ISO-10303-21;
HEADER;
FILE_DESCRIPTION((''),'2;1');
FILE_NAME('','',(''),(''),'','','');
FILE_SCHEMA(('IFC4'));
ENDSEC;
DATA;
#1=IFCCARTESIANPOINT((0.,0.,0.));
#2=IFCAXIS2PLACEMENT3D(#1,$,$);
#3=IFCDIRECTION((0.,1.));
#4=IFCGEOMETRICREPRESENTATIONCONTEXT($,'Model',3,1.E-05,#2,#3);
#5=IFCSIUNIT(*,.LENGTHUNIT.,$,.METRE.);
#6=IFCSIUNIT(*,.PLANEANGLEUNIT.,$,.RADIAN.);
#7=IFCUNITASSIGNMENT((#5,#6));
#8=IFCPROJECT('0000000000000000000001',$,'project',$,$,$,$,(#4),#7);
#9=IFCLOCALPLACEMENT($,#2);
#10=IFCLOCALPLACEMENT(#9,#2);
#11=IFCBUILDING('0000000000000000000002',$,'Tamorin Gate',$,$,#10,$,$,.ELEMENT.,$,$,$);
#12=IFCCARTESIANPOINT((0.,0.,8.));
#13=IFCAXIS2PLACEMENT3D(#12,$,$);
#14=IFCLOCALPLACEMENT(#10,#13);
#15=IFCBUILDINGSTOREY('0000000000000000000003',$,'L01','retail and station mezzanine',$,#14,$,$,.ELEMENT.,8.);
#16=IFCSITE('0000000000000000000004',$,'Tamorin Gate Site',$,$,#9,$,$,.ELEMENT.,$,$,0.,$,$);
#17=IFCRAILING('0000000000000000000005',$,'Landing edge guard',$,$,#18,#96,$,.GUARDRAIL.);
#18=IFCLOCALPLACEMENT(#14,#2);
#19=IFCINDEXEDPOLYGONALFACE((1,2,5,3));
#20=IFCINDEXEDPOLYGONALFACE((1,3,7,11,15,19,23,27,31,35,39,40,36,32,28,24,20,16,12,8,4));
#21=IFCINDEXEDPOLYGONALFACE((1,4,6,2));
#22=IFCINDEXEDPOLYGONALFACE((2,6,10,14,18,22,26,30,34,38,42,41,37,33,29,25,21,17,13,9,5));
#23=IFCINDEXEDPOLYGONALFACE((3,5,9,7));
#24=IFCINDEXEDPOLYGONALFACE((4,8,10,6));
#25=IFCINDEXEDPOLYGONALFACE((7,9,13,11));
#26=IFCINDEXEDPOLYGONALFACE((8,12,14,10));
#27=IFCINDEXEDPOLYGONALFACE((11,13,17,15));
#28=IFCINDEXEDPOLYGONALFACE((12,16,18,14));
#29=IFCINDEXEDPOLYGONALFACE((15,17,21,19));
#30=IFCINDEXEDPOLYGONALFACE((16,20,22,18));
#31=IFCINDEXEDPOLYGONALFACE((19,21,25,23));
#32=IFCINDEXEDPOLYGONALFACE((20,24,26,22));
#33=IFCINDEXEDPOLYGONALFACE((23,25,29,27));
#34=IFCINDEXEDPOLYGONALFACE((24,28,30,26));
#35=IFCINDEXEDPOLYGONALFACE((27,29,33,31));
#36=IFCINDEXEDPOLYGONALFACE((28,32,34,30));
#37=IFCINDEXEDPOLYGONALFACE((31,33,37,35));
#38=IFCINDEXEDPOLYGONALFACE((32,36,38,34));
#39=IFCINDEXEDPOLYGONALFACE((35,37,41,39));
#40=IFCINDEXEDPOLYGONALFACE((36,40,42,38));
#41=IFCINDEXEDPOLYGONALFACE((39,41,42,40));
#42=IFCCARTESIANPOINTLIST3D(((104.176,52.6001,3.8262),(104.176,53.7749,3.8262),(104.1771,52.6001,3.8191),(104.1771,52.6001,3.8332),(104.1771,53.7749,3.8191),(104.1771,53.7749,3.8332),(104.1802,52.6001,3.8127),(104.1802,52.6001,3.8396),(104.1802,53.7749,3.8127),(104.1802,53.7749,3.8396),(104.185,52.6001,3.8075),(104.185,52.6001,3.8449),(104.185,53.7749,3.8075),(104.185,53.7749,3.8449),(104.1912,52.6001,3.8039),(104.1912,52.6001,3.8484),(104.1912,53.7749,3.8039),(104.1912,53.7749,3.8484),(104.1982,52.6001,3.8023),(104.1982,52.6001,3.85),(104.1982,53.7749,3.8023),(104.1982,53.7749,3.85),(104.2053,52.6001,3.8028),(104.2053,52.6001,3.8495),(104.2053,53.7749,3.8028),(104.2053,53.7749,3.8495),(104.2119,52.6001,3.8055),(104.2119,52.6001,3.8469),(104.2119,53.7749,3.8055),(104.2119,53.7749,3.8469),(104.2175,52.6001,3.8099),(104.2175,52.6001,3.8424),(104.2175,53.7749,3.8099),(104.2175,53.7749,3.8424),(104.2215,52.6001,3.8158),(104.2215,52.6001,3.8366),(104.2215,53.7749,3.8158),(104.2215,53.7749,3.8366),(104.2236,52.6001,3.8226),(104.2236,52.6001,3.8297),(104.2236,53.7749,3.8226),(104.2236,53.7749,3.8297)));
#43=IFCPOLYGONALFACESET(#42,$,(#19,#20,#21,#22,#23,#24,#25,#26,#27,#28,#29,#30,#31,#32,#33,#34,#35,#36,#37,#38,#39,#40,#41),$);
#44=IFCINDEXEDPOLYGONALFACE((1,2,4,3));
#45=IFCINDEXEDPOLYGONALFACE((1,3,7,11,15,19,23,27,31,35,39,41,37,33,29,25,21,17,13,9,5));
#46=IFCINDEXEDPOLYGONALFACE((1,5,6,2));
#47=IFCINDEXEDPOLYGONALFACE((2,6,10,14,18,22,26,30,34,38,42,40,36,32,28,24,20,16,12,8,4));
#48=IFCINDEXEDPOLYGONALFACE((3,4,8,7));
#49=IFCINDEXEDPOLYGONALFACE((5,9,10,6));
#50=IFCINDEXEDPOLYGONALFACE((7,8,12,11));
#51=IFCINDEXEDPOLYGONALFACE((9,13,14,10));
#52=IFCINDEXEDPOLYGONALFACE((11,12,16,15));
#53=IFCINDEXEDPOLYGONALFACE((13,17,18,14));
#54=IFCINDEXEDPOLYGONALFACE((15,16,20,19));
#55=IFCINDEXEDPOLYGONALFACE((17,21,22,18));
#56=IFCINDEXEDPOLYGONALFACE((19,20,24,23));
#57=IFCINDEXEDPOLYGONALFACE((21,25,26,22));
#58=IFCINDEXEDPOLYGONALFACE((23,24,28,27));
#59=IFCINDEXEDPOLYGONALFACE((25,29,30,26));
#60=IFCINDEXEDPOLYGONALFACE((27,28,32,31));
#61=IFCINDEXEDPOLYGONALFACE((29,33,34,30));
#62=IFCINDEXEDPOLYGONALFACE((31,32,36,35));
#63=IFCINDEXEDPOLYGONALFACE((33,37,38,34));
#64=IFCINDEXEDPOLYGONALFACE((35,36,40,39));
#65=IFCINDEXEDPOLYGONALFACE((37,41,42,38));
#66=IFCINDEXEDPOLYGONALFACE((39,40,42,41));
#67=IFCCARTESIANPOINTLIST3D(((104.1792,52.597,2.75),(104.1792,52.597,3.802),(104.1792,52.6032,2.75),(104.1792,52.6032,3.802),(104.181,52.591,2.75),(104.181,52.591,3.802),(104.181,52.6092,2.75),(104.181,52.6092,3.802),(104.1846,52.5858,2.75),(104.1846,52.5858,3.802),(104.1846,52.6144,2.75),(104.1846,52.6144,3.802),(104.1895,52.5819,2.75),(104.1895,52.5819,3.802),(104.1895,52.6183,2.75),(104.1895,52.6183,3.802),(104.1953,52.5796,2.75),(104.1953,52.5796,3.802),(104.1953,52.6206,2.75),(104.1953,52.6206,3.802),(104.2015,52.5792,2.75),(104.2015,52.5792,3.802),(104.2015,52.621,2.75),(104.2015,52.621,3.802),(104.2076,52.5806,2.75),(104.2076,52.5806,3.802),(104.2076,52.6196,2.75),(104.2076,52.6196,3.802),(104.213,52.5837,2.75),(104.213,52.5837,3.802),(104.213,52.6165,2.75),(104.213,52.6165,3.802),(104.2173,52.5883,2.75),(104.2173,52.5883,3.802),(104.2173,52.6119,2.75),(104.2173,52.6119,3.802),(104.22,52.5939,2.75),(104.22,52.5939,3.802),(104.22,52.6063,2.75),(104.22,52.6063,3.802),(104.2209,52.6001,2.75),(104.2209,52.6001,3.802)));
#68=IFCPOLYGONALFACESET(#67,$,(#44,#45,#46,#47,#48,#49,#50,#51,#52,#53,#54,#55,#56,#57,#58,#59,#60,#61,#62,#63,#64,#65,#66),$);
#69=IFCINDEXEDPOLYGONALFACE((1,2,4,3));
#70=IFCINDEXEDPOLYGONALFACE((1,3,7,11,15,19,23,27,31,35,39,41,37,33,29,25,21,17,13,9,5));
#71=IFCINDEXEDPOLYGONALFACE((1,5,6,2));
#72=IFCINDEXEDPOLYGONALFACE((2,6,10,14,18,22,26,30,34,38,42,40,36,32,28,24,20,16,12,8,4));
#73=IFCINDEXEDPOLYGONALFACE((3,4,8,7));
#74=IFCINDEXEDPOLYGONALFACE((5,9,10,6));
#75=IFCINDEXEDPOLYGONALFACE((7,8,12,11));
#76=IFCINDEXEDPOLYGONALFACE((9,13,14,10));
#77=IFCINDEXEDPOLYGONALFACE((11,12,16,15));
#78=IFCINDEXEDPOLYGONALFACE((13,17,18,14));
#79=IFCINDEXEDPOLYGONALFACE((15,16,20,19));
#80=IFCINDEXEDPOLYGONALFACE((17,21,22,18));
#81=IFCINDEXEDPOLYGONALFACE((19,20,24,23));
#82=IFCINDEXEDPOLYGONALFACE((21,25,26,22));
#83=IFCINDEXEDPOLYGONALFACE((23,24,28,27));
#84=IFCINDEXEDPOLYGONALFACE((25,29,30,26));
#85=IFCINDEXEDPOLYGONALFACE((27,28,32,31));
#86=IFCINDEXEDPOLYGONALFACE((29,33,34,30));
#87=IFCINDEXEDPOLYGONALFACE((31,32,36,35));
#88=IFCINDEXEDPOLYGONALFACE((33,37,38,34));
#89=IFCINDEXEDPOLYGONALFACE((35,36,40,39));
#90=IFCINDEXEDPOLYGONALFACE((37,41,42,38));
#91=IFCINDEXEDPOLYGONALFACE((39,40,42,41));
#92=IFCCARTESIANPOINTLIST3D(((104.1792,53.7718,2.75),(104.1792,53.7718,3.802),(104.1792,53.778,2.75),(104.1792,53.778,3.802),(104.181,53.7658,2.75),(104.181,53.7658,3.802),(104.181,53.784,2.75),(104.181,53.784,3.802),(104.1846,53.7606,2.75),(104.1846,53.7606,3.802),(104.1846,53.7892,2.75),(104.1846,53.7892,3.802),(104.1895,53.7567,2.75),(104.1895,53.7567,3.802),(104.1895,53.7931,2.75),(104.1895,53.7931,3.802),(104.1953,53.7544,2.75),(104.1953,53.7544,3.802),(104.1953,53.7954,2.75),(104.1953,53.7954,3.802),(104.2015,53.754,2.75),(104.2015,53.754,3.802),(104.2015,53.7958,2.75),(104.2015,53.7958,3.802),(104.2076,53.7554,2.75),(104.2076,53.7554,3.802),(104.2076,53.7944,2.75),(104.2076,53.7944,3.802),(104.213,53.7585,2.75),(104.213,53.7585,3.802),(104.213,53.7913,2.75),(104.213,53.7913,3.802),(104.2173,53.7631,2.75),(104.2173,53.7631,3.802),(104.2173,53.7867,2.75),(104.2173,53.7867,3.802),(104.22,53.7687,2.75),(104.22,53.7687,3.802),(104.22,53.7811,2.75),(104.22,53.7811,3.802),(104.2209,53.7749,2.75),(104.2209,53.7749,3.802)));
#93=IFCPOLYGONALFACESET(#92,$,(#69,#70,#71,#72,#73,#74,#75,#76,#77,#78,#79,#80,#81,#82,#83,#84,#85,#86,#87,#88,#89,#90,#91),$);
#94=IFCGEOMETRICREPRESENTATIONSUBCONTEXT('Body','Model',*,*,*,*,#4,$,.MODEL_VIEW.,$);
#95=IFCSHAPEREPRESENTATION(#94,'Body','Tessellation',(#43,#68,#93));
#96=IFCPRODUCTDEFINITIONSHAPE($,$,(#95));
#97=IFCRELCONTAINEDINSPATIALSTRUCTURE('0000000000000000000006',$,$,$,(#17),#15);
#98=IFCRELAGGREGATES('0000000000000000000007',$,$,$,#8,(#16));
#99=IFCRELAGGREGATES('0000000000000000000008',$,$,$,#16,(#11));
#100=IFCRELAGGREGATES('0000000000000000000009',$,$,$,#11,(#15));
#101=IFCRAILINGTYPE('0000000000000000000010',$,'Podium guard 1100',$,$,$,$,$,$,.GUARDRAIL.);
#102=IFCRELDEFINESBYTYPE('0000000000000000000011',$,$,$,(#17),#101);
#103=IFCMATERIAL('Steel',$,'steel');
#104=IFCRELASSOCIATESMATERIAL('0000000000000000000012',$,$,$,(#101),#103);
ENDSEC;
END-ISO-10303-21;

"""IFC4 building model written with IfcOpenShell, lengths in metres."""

from ifc_helpers import new_model, si_unit, direction, frame, origin, origin_2d, place, context, subcontext, project, spatial, circle, extrude, material, type_object, element, save


model = new_model("IFC4")

# Units and contexts
model_context = context("Model", 3, precision=1e-05, world=origin(), true_north=direction((0.0, 1.0)))
body_context = subcontext(model_context, "Body", "Model", "MODEL_VIEW")
ifc_project = project(units=[si_unit("LENGTHUNIT", "METRE"), si_unit("PLANEANGLEUNIT", "RADIAN")], contexts=[model_context])

# Site, building, storey
site_placement = place(None, origin())
site = spatial("IfcSite", under=ifc_project, at=site_placement, Name="Tamorin Gate Site", CompositionType="ELEMENT", RefElevation=0.0)
building_placement = place(site_placement, origin())
building = spatial("IfcBuilding", under=site, at=building_placement, Name="Tamorin Gate", CompositionType="ELEMENT")
storey_placement = place(building_placement, frame((0.0, 0.0, 8.0)))
storey = spatial("IfcBuildingStorey", under=building, at=storey_placement, Name="L01", Description="retail and station mezzanine", CompositionType="ELEMENT", Elevation=8.0)

# Railing
ifc_material_1 = material(Name="Steel", Category="steel")
railing_type = type_object("IfcRailingType", Name="Podium guard 1100", PredefinedType="GUARDRAIL", material=ifc_material_1)
railing_1_placement = place(storey_placement, frame((104.2, 52.6001, 2.75)))
element("IfcRailing", 1, at=railing_1_placement, inside=storey, type_object=railing_type, Name="Landing edge guard", PredefinedType="GUARDRAIL", context=body_context, shape_type="SweptSolid", body=[
    extrude(circle(Radius=0.0239, at=origin_2d()), frame((0.0, 0.0, 1.0762), z_axis=(0.0, 1.0, 0.0), x_axis=(-1.0, 0.0, 0.0)), (0.0, 0.0, 1.0), 1.1748),
    extrude(circle(Radius=0.021, at=origin_2d()), origin(), (0.0, 0.0, 1.0), 1.052),
    extrude(circle(Radius=0.021, at=origin_2d()), frame((0.0, 1.1748, 0.0)), (0.0, 0.0, 1.0), 1.052),
])

save(model, "model.ifc")
